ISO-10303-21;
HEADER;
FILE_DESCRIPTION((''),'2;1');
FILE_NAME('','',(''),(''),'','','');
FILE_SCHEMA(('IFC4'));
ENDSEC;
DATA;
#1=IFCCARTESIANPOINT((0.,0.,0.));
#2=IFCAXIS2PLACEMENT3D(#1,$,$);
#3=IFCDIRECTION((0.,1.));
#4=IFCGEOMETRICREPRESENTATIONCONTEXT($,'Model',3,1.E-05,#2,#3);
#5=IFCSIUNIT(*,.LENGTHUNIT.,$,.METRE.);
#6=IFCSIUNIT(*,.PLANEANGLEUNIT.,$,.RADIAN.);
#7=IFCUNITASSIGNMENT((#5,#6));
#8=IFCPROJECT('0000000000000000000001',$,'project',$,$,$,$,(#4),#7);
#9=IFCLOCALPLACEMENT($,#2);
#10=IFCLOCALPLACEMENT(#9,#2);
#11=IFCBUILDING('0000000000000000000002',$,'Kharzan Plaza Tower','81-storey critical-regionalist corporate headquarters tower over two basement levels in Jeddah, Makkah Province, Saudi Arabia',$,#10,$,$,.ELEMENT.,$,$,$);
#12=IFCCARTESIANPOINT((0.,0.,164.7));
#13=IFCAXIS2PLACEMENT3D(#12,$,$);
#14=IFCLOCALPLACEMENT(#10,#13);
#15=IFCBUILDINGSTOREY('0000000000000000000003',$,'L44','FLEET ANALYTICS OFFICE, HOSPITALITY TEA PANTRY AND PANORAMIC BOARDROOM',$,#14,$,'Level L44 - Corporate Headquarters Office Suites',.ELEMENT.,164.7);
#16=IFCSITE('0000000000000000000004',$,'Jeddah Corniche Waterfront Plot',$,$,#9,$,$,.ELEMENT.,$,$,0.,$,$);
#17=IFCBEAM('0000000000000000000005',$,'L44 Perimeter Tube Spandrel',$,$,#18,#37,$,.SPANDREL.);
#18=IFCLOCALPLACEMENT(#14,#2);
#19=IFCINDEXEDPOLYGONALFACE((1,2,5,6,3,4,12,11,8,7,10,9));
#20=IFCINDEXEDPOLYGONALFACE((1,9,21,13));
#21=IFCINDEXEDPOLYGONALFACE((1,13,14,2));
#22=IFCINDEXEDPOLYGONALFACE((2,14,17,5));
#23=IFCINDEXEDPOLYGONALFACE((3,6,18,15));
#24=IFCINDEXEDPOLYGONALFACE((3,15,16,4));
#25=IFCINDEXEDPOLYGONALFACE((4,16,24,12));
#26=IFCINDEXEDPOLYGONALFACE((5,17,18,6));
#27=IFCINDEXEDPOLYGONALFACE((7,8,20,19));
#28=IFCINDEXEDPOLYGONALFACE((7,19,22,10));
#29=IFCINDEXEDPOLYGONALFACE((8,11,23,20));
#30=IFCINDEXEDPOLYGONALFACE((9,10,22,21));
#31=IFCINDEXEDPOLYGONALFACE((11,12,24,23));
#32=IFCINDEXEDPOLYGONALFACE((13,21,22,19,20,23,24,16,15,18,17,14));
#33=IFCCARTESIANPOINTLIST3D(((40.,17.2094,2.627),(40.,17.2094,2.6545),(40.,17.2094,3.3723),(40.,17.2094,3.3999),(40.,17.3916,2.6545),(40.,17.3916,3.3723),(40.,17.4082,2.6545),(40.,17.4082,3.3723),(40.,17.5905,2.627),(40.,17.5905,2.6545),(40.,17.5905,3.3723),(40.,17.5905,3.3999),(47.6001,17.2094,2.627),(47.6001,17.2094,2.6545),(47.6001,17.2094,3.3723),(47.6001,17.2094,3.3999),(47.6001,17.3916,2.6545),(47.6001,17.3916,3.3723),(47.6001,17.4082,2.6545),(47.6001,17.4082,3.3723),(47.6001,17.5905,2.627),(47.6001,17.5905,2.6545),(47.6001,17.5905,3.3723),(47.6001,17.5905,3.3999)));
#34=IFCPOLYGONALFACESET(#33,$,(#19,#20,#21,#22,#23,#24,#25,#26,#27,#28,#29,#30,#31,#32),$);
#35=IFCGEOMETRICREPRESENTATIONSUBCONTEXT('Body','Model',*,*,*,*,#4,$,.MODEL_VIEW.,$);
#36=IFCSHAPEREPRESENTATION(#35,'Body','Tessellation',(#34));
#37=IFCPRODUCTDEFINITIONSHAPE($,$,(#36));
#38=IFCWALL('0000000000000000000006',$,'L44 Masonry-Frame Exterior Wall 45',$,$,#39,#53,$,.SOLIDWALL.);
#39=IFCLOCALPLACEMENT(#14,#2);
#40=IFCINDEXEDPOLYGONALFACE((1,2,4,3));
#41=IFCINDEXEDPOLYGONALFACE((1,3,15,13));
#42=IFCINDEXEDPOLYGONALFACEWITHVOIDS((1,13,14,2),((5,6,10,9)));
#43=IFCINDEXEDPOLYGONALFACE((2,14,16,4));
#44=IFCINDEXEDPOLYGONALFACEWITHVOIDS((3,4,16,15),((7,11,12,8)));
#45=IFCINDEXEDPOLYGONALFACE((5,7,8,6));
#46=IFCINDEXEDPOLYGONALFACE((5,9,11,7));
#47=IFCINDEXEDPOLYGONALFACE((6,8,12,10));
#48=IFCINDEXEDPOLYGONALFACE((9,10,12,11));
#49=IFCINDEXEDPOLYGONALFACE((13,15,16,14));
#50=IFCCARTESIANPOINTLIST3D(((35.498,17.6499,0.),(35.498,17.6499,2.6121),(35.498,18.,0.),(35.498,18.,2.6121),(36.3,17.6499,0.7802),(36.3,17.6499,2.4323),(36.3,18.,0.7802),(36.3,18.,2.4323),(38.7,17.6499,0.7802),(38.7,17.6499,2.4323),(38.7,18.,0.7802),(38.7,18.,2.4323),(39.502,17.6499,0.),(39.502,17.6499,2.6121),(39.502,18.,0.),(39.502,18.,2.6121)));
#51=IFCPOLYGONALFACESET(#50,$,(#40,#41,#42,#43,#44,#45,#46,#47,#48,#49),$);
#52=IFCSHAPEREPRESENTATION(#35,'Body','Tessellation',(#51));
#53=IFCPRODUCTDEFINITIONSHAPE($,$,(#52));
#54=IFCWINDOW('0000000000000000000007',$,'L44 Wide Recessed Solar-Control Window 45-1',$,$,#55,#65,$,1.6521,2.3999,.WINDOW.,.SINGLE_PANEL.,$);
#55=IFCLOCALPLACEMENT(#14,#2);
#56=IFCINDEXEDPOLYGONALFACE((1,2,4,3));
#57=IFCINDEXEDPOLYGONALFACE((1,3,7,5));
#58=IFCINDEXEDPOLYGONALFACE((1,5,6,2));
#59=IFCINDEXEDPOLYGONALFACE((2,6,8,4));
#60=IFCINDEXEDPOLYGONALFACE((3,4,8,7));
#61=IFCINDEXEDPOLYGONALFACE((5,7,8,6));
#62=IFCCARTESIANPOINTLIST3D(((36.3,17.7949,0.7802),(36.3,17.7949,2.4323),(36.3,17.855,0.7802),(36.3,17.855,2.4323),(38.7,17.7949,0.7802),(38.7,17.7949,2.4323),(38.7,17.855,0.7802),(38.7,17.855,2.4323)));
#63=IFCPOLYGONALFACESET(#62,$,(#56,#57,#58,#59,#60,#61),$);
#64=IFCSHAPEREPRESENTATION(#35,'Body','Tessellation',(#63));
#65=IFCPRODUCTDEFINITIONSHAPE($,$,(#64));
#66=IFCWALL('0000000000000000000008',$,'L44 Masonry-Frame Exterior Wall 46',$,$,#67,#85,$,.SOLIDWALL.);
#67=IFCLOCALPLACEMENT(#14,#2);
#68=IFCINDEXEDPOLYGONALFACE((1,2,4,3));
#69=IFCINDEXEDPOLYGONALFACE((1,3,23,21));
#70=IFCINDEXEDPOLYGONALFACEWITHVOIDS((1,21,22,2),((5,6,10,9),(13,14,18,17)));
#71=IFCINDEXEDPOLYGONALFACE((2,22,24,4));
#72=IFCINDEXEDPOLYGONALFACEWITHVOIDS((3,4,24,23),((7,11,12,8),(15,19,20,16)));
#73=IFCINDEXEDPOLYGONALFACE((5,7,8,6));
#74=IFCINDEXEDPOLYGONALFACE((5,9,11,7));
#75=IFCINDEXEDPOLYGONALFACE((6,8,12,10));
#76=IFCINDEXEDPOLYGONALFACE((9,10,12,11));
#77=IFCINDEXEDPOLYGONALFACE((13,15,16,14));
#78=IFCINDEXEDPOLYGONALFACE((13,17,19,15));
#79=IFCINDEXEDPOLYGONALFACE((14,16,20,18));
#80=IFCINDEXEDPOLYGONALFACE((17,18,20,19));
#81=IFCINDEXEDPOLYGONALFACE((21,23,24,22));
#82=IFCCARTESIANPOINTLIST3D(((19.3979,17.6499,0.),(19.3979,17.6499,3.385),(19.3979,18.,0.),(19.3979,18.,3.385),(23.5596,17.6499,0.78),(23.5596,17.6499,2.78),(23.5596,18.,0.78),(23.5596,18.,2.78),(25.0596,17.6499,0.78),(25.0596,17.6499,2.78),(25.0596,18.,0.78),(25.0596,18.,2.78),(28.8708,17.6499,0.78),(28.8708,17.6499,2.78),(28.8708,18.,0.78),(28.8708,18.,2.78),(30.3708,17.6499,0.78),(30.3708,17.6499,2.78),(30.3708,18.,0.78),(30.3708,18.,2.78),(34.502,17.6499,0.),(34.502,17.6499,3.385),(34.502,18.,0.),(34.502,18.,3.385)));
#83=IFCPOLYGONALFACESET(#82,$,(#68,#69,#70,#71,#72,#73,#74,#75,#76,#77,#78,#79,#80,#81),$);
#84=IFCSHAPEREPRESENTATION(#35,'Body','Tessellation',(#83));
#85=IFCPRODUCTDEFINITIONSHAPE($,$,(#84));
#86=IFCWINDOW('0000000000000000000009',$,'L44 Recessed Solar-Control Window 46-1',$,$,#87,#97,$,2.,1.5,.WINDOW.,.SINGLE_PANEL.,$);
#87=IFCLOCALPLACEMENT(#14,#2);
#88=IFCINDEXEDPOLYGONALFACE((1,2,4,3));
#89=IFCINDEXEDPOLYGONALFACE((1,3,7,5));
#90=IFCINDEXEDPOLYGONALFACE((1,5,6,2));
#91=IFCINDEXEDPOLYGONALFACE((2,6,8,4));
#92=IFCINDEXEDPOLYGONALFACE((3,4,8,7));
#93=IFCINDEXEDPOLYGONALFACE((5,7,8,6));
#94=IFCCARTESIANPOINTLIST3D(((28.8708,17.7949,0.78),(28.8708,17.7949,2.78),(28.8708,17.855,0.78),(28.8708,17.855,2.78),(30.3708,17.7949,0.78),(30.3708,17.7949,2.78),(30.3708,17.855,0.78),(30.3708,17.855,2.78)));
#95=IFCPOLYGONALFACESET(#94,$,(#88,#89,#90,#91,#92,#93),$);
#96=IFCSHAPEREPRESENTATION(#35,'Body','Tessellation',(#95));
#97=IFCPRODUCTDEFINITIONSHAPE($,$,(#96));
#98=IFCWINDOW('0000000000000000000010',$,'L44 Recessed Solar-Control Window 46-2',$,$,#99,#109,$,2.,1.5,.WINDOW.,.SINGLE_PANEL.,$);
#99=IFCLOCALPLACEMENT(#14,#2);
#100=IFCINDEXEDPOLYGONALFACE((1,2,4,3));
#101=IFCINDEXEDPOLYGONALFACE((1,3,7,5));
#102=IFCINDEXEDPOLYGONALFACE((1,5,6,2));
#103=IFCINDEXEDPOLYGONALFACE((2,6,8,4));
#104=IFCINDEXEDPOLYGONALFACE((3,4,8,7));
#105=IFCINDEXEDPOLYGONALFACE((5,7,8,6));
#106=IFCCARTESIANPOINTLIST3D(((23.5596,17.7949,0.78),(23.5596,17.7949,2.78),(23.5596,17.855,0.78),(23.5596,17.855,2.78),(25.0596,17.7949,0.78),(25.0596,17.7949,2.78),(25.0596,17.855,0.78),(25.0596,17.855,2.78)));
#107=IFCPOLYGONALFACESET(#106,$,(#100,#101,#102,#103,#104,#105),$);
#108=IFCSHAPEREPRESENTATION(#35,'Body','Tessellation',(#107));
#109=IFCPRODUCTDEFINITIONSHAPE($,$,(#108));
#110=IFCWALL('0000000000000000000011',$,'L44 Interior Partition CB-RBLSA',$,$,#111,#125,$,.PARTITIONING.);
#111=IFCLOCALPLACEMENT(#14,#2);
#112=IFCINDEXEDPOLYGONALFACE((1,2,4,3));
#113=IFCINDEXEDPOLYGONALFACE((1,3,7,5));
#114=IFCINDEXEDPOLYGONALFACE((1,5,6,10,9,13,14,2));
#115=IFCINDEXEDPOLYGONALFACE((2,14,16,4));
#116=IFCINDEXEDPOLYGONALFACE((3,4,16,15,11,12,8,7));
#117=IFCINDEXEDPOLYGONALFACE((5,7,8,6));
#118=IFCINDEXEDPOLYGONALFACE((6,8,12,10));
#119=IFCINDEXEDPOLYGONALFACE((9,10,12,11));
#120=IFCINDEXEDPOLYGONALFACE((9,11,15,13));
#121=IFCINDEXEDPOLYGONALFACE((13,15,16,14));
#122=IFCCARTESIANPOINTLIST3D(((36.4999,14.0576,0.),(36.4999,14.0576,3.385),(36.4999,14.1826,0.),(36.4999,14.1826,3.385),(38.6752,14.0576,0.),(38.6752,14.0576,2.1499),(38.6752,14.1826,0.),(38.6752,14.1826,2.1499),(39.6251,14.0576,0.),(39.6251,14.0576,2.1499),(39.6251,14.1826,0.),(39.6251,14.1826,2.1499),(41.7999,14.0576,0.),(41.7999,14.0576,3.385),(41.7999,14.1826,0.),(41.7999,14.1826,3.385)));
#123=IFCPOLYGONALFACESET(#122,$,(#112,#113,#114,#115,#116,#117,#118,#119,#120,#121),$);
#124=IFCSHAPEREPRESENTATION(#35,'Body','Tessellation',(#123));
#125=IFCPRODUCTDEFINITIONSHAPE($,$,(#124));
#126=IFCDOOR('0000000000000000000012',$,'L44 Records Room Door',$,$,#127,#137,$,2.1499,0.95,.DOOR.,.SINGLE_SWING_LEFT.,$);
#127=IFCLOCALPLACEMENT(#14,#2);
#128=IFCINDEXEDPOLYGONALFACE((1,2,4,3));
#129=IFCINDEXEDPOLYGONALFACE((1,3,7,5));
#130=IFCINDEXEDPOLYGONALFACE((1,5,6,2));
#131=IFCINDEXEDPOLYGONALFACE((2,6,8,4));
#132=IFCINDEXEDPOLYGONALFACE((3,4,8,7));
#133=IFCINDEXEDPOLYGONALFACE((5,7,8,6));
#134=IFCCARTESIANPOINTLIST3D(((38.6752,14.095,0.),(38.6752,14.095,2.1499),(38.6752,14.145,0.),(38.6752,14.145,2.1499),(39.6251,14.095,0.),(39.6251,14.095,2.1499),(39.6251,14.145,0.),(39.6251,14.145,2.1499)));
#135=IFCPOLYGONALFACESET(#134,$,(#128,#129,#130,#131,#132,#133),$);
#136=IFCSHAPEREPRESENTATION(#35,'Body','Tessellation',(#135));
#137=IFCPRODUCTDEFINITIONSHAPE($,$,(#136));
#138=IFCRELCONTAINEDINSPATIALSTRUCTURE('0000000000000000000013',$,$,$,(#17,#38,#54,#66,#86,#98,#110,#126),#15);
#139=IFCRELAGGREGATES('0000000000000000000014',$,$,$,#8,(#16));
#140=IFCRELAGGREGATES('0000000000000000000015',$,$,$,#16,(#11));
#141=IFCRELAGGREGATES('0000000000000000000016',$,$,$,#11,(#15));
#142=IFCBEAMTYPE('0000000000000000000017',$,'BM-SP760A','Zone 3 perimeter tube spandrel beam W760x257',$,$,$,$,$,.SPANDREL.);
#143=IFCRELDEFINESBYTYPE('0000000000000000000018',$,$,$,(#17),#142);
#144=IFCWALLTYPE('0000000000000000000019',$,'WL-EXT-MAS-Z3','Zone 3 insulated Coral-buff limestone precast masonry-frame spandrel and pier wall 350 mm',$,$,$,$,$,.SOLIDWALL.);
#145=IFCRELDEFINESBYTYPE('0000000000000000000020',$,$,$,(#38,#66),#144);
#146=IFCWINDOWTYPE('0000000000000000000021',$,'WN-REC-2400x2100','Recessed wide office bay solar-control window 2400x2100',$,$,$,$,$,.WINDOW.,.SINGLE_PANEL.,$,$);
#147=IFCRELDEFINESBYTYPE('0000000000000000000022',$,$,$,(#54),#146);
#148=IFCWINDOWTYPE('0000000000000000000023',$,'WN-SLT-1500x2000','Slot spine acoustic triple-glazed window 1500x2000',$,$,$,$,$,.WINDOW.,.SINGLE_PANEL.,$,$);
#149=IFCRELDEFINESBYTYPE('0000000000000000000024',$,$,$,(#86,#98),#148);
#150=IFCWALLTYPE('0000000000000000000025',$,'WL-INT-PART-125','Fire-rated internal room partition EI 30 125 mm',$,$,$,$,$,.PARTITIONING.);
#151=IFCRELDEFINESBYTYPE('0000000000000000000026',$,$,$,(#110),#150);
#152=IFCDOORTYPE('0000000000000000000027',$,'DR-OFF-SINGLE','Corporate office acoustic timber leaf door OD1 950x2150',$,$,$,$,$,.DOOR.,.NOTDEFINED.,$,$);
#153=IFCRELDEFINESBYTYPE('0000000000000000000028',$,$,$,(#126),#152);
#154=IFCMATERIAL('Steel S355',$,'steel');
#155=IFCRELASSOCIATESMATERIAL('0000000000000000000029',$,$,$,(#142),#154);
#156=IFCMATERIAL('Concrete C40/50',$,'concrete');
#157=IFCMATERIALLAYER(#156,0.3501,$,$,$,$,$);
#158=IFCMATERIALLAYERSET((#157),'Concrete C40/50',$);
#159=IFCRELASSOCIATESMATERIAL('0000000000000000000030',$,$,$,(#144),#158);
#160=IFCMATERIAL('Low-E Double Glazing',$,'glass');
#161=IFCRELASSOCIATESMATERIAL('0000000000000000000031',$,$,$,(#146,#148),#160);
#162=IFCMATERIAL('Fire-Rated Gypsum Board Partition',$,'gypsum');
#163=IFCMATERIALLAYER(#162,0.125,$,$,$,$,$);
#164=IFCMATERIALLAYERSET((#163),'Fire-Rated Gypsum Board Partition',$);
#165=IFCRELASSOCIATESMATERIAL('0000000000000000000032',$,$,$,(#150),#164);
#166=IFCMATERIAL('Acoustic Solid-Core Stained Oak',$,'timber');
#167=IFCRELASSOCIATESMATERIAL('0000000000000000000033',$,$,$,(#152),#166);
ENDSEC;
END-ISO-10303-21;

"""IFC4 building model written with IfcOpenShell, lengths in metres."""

from ifc_helpers import new_model, si_unit, direction, frame, frame_2d, origin, origin_2d, place, context, subcontext, project, spatial, rectangle, i_section, extrude, source, transform, mapped, material, layer, layer_set, material_profile, profile_set, type_object, element, fill, save


model = new_model("IFC4")

# Units and contexts
model_context = context("Model", 3, precision=1e-05, world=origin(), true_north=direction((0.0, 1.0)))
body_context = subcontext(model_context, "Body", "Model", "MODEL_VIEW")
ifc_project = project(units=[si_unit("LENGTHUNIT", "METRE"), si_unit("PLANEANGLEUNIT", "RADIAN")], contexts=[model_context])

# Site, building, storey
site_placement = place(None, origin())
site = spatial("IfcSite", under=ifc_project, at=site_placement, Name="Jeddah Corniche Waterfront Plot", CompositionType="ELEMENT", RefElevation=0.0)
building_placement = place(site_placement, origin())
building = spatial("IfcBuilding", under=site, at=building_placement, Name="Kharzan Plaza Tower", Description="81-storey critical-regionalist corporate headquarters tower over two basement levels in Jeddah, Makkah Province, Saudi Arabia", CompositionType="ELEMENT")
storey_placement = place(building_placement, frame((0.0, 0.0, 164.7)))
storey = spatial("IfcBuildingStorey", under=building, at=storey_placement, Name="L44", Description="FLEET ANALYTICS OFFICE, HOSPITALITY TEA PANTRY AND PANORAMIC BOARDROOM", LongName="Level L44 - Corporate Headquarters Office Suites", CompositionType="ELEMENT", Elevation=164.7)

# Beam
ifc_material_1 = material(Name="Steel S355", Category="steel")
ifc_material_profile_1 = material_profile(ifc_material_1, i_section(OverallWidth=0.3811, OverallDepth=0.7729, WebThickness=0.0166, FlangeThickness=0.0276, at=origin_2d()), Name="W760x257")
ifc_profile_set_1 = profile_set([ifc_material_profile_1], Name="Steel S355")
beam_type_1 = type_object("IfcBeamType", Name="BM-SP760A", Description="Zone 3 perimeter tube spandrel beam W760x257", PredefinedType="SPANDREL", material=ifc_profile_set_1)
shared_shape_1 = source(origin(), body_context, "Body", "SweptSolid", [
    extrude(i_section(OverallWidth=0.3811, OverallDepth=0.7729, WebThickness=0.0166, FlangeThickness=0.0276, at=origin_2d()), origin(), (0.0, 0.0, 1.0), 7.6001),
])
beam_1_placement = place(storey_placement, frame((40.0, 17.3999, 3.0134), z_axis=(1.0, 0.0, 0.0), x_axis=(0.0, 1.0, 0.0)))
element("IfcBeam", 1, at=beam_1_placement, inside=storey, type_object=beam_type_1, Name="L44 Perimeter Tube Spandrel", PredefinedType="SPANDREL", context=body_context, shape_type="MappedRepresentation", body=[
    mapped(shared_shape_1, transform((0.0, 0.0, 0.0), x_axis=(1.0, 0.0, 0.0), y_axis=(0.0, 1.0, 0.0), z_axis=(0.0, 0.0, 1.0))),
])

# Wall, opening, window
ifc_material_2 = material(Name="Concrete C40/50", Category="concrete")
ifc_layer_1 = layer(ifc_material_2, 0.3501)
ifc_layer_set_1 = layer_set([ifc_layer_1], Name="Concrete C40/50")
wall_type_1 = type_object("IfcWallType", Name="WL-EXT-MAS-Z3", Description="Zone 3 insulated Coral-buff limestone precast masonry-frame spandrel and pier wall 350 mm", PredefinedType="SOLIDWALL", material=ifc_layer_set_1)
wall_1_placement = place(storey_placement, frame((39.502, 17.825, 0.0), z_axis=(0.0, 0.0, 1.0), x_axis=(-1.0, 0.0, 0.0)))
wall_1 = element("IfcWall", 2, at=wall_1_placement, inside=storey, type_object=wall_type_1, Name="L44 Masonry-Frame Exterior Wall 45", PredefinedType="SOLIDWALL", context=body_context, shape_type="SweptSolid", body=[
    extrude(rectangle(XDim=4.0039, YDim=0.3501, at=frame_2d((2.002, 0.0))), origin(), (0.0, 0.0, 1.0), 2.6121),
])
opening_1_placement = place(wall_1_placement, frame((0.802, 0.0, 0.78)))
opening_1 = element("IfcOpeningElement", 3, at=opening_1_placement, cuts=wall_1, PredefinedType="OPENING", context=body_context, shape_type="SweptSolid", body=[
    extrude(rectangle(XDim=2.3999, YDim=1.6521, at=frame_2d((1.2, 0.8262))), frame((0.0, 0.1851, 0.0), z_axis=(0.0, -1.0, 0.0), x_axis=(1.0, 0.0, 0.0)), (0.0, 0.0, 1.0), 0.3701),
])
ifc_material_3 = material(Name="Low-E Double Glazing", Category="glass")
window_type_1 = type_object("IfcWindowType", Name="WN-REC-2400x2100", Description="Recessed wide office bay solar-control window 2400x2100", PartitioningType="SINGLE_PANEL", PredefinedType="WINDOW", material=ifc_material_3)
shared_shape_2 = source(origin(), body_context, "Body", "SweptSolid", [
    extrude(rectangle(XDim=2.3999, YDim=1.6521, at=frame_2d((1.2, 0.8262))), frame((0.0, 0.03, 0.0), z_axis=(0.0, -1.0, 0.0), x_axis=(1.0, 0.0, 0.0)), (0.0, 0.0, 1.0), 0.0601),
])
window_1_placement = place(opening_1_placement, origin())
window_1 = element("IfcWindow", 4, at=window_1_placement, inside=storey, type_object=window_type_1, Name="L44 Wide Recessed Solar-Control Window 45-1", OverallHeight=1.6521, OverallWidth=2.3999, PartitioningType="SINGLE_PANEL", PredefinedType="WINDOW", context=body_context, shape_type="MappedRepresentation", body=[
    mapped(shared_shape_2, transform((0.0, 0.0, 0.0), x_axis=(1.0, 0.0, 0.0), y_axis=(0.0, 1.0, 0.0), z_axis=(0.0, 0.0, 1.0))),
])
fill(opening_1, window_1)

# Wall, openings, windows
wall_2_placement = place(storey_placement, frame((34.502, 17.825, 0.0), z_axis=(0.0, 0.0, 1.0), x_axis=(-1.0, 0.0, 0.0)))
wall_2 = element("IfcWall", 5, at=wall_2_placement, inside=storey, type_object=wall_type_1, Name="L44 Masonry-Frame Exterior Wall 46", PredefinedType="SOLIDWALL", context=body_context, shape_type="SweptSolid", body=[
    extrude(rectangle(XDim=15.104, YDim=0.3501, at=frame_2d((7.552, 0.0))), origin(), (0.0, 0.0, 1.0), 3.385),
])
opening_2_placement = place(wall_2_placement, frame((4.1311, 0.0, 0.78)))
opening_2 = element("IfcOpeningElement", 6, at=opening_2_placement, cuts=wall_2, PredefinedType="OPENING", context=body_context, shape_type="SweptSolid", body=[
    extrude(rectangle(XDim=1.5, YDim=2.0, at=frame_2d((0.75, 1.0))), frame((0.0, 0.1851, 0.0), z_axis=(0.0, -1.0, 0.0), x_axis=(1.0, 0.0, 0.0)), (0.0, 0.0, 1.0), 0.3701),
])
opening_3_placement = place(wall_2_placement, frame((9.4424, 0.0, 0.78)))
opening_3 = element("IfcOpeningElement", 7, at=opening_3_placement, cuts=wall_2, PredefinedType="OPENING", context=body_context, shape_type="SweptSolid", body=[
    extrude(rectangle(XDim=1.5, YDim=2.0, at=frame_2d((0.75, 1.0))), frame((0.0, 0.1851, 0.0), z_axis=(0.0, -1.0, 0.0), x_axis=(1.0, 0.0, 0.0)), (0.0, 0.0, 1.0), 0.3701),
])
window_type_2 = type_object("IfcWindowType", Name="WN-SLT-1500x2000", Description="Slot spine acoustic triple-glazed window 1500x2000", PartitioningType="SINGLE_PANEL", PredefinedType="WINDOW", material=ifc_material_3)
shared_shape_3 = source(origin(), body_context, "Body", "SweptSolid", [
    extrude(rectangle(XDim=1.5, YDim=2.0, at=frame_2d((0.75, 1.0))), frame((0.0, 0.03, 0.0), z_axis=(0.0, -1.0, 0.0), x_axis=(1.0, 0.0, 0.0)), (0.0, 0.0, 1.0), 0.0601),
])
window_2_placement = place(opening_2_placement, origin())
window_2 = element("IfcWindow", 8, at=window_2_placement, inside=storey, type_object=window_type_2, Name="L44 Recessed Solar-Control Window 46-1", OverallHeight=2.0, OverallWidth=1.5, PartitioningType="SINGLE_PANEL", PredefinedType="WINDOW", context=body_context, shape_type="MappedRepresentation", body=[
    mapped(shared_shape_3, transform((0.0, 0.0, 0.0), x_axis=(1.0, 0.0, 0.0), y_axis=(0.0, 1.0, 0.0), z_axis=(0.0, 0.0, 1.0))),
])
fill(opening_2, window_2)
window_3_placement = place(opening_3_placement, origin())
window_3 = element("IfcWindow", 9, at=window_3_placement, inside=storey, type_object=window_type_2, Name="L44 Recessed Solar-Control Window 46-2", OverallHeight=2.0, OverallWidth=1.5, PartitioningType="SINGLE_PANEL", PredefinedType="WINDOW", context=body_context, shape_type="MappedRepresentation", body=[
    mapped(shared_shape_3, transform((0.0, 0.0, 0.0), x_axis=(1.0, 0.0, 0.0), y_axis=(0.0, 1.0, 0.0), z_axis=(0.0, 0.0, 1.0))),
])
fill(opening_3, window_3)

# Wall, opening, door
ifc_material_4 = material(Name="Fire-Rated Gypsum Board Partition", Category="gypsum")
ifc_layer_2 = layer(ifc_material_4, 0.125)
ifc_layer_set_2 = layer_set([ifc_layer_2], Name="Fire-Rated Gypsum Board Partition")
wall_type_2 = type_object("IfcWallType", Name="WL-INT-PART-125", Description="Fire-rated internal room partition EI 30 125 mm", PredefinedType="PARTITIONING", material=ifc_layer_set_2)
wall_3_placement = place(storey_placement, frame((36.5, 14.1201, 0.0), z_axis=(0.0, 0.0, 1.0), x_axis=(1.0, 0.0, 0.0)))
wall_3 = element("IfcWall", 10, at=wall_3_placement, inside=storey, type_object=wall_type_2, Name="L44 Interior Partition CB-RBLSA", PredefinedType="PARTITIONING", context=body_context, shape_type="SweptSolid", body=[
    extrude(rectangle(XDim=5.3, YDim=0.125, at=frame_2d((2.6499, 0.0))), origin(), (0.0, 0.0, 1.0), 3.385),
])
opening_4_placement = place(wall_3_placement, frame((2.175, 0.0, 0.0)))
opening_4 = element("IfcOpeningElement", 11, at=opening_4_placement, cuts=wall_3, PredefinedType="OPENING", context=body_context, shape_type="SweptSolid", body=[
    extrude(rectangle(XDim=0.95, YDim=2.1499, at=frame_2d((0.4751, 1.075))), frame((0.0, 0.0725, 0.0), z_axis=(0.0, -1.0, 0.0), x_axis=(1.0, 0.0, 0.0)), (0.0, 0.0, 1.0), 0.145),
])
ifc_material_5 = material(Name="Acoustic Solid-Core Stained Oak", Category="timber")
door_type_1 = type_object("IfcDoorType", Name="DR-OFF-SINGLE", Description="Corporate office acoustic timber leaf door OD1 950x2150", OperationType="NOTDEFINED", PredefinedType="DOOR", material=ifc_material_5)
shared_shape_4 = source(origin(), body_context, "Body", "SweptSolid", [
    extrude(rectangle(XDim=0.95, YDim=2.1499, at=frame_2d((0.4751, 1.075))), frame((0.0, 0.0249, 0.0), z_axis=(0.0, -1.0, 0.0), x_axis=(1.0, 0.0, 0.0)), (0.0, 0.0, 1.0), 0.05),
])
door_1_placement = place(opening_4_placement, origin())
door_1 = element("IfcDoor", 12, at=door_1_placement, inside=storey, type_object=door_type_1, Name="L44 Records Room Door", OperationType="SINGLE_SWING_LEFT", OverallHeight=2.1499, OverallWidth=0.95, PredefinedType="DOOR", context=body_context, shape_type="MappedRepresentation", body=[
    mapped(shared_shape_4, transform((0.0, 0.0, 0.0), x_axis=(1.0, 0.0, 0.0), y_axis=(0.0, 1.0, 0.0), z_axis=(0.0, 0.0, 1.0))),
])
fill(opening_4, door_1)

save(model, "model.ifc")
